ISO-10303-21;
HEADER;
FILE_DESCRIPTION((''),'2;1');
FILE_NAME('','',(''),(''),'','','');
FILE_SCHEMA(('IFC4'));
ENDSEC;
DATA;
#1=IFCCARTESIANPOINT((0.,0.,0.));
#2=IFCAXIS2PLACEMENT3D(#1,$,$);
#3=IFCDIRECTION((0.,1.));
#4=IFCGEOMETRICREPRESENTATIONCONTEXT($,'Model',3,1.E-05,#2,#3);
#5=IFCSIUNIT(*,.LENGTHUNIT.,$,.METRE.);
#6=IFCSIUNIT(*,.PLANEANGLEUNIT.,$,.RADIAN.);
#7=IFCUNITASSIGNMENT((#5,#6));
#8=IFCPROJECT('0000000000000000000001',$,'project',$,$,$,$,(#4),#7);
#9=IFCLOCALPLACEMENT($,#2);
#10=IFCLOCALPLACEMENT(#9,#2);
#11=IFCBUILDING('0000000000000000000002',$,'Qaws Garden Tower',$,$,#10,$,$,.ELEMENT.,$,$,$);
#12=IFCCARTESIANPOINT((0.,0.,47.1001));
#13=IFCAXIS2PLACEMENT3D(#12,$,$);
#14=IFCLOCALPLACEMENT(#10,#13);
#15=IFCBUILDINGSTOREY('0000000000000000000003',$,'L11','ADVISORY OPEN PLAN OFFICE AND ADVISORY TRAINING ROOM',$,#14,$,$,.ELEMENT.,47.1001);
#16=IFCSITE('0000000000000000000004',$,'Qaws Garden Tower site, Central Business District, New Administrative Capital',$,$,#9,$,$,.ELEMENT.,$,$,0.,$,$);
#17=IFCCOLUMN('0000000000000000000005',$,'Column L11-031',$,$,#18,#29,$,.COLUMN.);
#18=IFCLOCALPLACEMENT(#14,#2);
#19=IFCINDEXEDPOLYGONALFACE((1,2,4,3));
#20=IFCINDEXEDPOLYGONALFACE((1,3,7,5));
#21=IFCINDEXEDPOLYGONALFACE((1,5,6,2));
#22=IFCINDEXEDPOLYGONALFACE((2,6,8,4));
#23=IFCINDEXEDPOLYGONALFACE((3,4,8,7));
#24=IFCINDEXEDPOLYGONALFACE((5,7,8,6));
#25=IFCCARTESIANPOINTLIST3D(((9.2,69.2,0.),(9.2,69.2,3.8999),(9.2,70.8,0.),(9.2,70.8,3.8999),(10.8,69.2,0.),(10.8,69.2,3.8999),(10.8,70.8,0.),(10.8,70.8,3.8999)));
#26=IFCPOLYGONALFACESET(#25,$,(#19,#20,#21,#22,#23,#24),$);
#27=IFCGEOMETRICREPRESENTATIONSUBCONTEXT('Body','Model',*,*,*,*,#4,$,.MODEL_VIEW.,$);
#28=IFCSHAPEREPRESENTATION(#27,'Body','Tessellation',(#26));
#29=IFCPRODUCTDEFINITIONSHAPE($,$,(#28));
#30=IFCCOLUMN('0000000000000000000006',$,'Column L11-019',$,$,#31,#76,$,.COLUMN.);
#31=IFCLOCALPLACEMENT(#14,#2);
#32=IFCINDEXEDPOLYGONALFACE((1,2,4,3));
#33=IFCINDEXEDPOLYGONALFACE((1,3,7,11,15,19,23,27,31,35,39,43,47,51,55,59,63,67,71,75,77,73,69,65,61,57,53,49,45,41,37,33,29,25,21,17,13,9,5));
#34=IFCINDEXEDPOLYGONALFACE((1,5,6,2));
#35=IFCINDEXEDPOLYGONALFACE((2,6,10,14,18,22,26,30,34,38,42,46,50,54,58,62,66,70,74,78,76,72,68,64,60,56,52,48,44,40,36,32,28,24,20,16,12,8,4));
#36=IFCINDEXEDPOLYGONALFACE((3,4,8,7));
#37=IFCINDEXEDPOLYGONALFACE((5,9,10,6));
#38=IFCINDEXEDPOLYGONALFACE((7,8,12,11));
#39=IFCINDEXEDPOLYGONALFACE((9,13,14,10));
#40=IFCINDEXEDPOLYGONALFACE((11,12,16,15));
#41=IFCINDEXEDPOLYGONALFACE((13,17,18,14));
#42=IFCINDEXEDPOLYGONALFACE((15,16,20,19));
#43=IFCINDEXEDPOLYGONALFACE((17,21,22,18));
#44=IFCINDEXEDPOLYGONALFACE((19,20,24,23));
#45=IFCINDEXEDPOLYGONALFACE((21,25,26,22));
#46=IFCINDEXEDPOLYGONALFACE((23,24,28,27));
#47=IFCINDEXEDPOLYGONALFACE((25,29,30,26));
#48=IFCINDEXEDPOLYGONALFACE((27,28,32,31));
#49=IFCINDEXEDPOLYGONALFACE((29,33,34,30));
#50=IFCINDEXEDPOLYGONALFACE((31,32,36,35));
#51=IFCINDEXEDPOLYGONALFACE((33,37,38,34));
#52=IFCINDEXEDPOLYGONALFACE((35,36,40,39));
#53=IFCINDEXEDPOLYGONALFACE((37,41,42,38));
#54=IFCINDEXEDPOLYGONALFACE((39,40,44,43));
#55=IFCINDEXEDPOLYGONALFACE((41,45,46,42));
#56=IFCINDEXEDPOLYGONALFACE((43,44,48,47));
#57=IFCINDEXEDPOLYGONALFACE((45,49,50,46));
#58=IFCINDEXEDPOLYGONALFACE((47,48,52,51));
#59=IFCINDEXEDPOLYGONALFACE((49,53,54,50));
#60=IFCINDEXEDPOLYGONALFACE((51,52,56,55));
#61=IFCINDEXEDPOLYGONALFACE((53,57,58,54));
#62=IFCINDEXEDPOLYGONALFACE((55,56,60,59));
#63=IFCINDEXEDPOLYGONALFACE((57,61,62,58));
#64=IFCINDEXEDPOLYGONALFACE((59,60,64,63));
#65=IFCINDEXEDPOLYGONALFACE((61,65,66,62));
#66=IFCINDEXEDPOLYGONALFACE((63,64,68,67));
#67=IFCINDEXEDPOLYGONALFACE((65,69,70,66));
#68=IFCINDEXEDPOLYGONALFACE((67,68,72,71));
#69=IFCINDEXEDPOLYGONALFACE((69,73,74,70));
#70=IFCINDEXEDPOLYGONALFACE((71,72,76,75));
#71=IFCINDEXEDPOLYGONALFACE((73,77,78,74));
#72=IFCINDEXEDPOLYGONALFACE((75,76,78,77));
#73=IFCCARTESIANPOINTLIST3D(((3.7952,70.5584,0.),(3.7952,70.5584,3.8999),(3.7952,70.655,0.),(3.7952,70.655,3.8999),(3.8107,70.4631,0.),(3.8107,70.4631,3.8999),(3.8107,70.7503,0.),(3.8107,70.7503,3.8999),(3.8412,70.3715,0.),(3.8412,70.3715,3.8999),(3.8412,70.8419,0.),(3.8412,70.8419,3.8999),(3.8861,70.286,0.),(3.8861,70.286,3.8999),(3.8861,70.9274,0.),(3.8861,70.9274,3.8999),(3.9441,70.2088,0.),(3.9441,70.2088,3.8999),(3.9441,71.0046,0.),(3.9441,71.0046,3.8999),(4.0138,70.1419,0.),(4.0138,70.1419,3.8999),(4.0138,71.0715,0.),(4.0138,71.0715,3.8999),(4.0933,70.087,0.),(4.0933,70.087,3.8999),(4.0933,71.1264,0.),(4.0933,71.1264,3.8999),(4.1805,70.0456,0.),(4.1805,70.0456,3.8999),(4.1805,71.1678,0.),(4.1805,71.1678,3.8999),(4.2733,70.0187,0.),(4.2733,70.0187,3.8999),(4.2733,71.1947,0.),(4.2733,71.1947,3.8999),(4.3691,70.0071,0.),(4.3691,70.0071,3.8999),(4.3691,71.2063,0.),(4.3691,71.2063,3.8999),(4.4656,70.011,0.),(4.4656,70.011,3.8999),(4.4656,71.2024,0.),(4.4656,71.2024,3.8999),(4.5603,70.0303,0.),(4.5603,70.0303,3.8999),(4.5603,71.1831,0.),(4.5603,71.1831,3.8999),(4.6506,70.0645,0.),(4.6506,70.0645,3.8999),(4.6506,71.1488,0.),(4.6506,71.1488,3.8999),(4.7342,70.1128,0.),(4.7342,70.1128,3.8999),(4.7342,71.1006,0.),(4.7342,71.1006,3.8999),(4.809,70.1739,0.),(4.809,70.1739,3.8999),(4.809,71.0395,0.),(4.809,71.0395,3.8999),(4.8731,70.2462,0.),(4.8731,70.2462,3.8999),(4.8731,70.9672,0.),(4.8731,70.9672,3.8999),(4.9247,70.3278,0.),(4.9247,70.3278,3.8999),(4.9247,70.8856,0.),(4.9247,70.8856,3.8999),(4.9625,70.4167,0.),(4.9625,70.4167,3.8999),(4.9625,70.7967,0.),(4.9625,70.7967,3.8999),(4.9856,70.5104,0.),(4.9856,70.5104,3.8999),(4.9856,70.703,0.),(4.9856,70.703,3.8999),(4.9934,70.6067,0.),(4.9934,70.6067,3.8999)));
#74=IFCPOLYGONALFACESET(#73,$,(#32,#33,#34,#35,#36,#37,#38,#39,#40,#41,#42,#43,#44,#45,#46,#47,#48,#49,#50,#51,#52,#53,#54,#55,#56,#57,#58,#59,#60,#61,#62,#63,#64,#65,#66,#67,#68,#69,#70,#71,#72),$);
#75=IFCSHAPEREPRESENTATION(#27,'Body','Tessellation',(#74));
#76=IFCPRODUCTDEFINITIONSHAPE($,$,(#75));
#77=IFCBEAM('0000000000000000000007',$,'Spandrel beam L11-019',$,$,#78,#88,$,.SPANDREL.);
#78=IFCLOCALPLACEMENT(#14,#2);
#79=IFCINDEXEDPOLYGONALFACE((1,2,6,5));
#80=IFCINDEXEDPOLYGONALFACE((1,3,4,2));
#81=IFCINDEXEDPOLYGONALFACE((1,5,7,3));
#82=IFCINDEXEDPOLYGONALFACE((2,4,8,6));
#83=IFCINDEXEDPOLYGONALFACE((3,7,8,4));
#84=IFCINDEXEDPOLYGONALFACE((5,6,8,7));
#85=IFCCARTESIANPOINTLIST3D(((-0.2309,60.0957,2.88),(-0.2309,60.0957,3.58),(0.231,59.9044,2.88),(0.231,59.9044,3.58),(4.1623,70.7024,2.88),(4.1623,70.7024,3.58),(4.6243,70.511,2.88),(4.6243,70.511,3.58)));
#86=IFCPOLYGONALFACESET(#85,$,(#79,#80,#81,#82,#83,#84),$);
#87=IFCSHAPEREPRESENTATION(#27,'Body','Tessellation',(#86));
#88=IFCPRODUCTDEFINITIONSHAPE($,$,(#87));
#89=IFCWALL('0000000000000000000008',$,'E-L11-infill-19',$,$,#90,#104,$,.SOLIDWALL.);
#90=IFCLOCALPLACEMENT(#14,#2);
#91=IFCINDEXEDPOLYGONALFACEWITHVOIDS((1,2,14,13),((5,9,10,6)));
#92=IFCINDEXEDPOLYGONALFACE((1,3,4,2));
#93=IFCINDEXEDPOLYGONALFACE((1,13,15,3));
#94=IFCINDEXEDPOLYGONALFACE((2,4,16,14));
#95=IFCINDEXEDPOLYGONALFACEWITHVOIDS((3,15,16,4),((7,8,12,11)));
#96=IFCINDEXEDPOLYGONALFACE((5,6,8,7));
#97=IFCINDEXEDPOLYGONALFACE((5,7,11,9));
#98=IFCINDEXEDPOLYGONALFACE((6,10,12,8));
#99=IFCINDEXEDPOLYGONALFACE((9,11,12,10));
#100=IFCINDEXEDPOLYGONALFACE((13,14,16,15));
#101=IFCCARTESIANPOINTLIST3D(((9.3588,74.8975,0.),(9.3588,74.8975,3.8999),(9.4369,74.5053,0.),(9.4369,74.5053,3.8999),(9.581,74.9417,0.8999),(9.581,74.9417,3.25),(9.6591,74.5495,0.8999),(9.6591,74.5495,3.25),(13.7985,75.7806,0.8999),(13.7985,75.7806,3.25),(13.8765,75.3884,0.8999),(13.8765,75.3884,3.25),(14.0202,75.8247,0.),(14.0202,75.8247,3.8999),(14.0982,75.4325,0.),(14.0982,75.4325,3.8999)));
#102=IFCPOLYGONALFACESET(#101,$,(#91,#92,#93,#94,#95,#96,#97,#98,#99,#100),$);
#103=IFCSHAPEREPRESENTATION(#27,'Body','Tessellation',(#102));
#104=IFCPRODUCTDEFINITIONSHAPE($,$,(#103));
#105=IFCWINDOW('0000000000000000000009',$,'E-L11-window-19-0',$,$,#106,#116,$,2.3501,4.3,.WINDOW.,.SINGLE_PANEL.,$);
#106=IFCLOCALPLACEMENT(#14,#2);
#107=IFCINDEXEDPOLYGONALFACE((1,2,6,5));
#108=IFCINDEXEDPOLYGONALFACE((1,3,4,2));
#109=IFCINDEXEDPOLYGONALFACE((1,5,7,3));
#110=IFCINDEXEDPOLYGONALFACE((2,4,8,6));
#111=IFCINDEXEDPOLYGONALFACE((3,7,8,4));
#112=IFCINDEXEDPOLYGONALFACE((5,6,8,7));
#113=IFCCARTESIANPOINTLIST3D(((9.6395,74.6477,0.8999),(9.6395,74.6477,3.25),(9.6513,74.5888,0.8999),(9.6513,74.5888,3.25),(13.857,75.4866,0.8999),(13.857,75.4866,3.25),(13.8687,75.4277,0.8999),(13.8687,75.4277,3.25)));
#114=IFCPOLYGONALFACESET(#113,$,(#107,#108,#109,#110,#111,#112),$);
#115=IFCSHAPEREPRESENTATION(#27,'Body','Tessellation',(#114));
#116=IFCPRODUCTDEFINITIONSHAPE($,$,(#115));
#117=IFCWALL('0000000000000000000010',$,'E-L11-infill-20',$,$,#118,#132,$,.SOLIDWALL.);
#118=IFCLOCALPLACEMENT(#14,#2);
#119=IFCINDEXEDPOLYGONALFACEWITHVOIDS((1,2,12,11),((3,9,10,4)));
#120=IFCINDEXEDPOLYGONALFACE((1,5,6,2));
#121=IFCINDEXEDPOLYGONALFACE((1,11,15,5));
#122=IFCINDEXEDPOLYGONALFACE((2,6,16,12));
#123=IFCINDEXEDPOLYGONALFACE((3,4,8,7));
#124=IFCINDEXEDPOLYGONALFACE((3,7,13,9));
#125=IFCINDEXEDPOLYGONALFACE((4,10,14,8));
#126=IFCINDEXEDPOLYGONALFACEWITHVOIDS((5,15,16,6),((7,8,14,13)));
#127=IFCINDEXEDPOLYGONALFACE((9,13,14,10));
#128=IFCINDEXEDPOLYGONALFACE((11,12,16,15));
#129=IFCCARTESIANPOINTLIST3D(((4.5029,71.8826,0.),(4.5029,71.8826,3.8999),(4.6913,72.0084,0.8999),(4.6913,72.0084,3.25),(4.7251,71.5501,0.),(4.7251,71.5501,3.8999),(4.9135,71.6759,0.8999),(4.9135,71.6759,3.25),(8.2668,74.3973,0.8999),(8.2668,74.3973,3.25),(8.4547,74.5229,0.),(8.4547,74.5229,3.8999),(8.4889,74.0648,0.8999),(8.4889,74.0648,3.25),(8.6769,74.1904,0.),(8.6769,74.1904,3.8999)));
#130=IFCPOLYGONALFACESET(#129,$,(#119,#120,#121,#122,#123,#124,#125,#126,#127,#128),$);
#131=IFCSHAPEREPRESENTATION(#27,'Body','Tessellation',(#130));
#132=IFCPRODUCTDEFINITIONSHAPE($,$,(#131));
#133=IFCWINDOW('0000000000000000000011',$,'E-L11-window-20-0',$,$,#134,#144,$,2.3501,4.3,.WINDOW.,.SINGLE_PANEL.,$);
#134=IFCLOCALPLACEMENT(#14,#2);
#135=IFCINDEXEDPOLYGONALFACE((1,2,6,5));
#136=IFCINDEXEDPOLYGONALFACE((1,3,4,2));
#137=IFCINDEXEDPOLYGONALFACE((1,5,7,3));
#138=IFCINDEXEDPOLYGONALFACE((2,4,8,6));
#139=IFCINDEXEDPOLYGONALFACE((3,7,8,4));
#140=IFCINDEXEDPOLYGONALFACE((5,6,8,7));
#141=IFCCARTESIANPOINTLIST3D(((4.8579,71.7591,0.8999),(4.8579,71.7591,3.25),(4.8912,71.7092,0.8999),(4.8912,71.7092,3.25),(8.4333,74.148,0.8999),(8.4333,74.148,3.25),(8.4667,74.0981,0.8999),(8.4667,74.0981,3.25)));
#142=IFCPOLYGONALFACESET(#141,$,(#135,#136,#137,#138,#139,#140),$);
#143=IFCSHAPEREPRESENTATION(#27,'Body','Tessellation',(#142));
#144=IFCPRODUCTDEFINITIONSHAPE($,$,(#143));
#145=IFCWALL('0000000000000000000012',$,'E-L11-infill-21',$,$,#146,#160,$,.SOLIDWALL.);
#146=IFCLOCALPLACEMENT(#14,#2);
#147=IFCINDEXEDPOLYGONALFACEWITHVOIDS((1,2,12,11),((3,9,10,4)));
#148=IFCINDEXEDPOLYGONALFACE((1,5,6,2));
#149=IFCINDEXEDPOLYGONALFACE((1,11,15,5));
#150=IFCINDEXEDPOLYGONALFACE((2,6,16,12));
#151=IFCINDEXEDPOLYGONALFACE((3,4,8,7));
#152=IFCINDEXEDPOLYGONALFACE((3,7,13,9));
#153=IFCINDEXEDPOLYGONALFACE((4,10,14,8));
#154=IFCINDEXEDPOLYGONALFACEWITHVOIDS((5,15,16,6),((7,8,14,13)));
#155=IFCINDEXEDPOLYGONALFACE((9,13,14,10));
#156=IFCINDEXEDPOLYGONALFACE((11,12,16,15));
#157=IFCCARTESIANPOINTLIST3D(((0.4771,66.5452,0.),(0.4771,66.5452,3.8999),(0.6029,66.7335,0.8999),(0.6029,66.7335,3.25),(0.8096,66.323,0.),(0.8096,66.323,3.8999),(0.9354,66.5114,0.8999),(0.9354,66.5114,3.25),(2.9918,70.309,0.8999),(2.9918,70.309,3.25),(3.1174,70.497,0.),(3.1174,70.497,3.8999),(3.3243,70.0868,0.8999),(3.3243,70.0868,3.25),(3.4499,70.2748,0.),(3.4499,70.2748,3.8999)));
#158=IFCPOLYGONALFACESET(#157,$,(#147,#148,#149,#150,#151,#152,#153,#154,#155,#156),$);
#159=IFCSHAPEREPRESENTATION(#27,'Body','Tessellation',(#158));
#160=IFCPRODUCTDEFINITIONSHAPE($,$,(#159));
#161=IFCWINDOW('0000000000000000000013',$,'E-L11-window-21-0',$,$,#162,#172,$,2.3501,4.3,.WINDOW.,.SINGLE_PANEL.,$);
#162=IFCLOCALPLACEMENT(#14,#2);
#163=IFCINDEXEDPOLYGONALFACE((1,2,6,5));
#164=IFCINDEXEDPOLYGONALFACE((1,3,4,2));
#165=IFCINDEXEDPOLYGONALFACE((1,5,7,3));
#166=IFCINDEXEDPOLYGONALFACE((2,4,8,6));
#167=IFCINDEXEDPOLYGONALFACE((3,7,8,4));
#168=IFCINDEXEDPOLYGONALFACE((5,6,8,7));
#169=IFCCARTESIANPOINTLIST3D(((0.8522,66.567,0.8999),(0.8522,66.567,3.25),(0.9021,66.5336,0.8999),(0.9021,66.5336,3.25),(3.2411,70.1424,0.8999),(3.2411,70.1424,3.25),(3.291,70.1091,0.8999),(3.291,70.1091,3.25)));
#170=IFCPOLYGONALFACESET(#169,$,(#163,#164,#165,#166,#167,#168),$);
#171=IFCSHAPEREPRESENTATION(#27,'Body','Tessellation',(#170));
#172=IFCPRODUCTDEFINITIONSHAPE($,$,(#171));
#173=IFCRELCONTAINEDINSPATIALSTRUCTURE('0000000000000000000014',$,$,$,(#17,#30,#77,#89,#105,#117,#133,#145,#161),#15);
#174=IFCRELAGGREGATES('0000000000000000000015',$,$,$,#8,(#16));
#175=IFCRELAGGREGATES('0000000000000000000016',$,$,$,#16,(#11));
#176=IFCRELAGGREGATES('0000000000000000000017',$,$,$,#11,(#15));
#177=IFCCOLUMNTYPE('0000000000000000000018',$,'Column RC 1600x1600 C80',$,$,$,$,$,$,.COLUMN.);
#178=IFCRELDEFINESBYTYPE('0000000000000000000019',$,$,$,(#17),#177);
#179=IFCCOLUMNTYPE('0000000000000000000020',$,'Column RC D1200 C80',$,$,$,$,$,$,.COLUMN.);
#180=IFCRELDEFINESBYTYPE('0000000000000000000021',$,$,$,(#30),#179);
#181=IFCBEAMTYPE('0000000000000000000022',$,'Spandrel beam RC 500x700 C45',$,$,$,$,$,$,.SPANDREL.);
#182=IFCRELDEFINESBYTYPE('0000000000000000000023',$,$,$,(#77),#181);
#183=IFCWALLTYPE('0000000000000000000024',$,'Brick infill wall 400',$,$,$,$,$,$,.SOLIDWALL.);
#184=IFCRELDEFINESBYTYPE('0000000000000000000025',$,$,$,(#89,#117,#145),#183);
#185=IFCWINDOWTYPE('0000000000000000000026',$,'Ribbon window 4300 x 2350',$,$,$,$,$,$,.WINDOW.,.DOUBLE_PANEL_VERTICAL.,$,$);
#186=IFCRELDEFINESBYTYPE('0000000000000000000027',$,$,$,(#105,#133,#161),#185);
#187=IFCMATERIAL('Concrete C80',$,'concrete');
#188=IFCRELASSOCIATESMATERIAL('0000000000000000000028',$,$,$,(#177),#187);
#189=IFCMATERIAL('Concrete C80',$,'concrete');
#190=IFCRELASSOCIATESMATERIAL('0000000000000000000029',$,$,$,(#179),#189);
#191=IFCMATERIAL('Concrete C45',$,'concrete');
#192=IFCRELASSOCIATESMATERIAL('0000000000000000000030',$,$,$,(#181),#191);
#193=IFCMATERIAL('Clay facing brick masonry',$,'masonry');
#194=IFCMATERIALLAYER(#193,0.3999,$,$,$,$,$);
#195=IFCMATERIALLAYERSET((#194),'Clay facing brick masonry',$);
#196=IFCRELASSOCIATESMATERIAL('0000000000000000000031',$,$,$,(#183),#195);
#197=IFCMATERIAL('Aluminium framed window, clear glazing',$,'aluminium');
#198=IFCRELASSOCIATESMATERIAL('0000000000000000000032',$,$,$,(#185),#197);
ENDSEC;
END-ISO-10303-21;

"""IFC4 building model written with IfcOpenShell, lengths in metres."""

from ifc_helpers import new_model, si_unit, direction, frame, frame_2d, origin, origin_2d, place, context, subcontext, project, spatial, rectangle, circle, extrude, material, layer, layer_set, material_profile, profile_set, type_object, element, fill, save


model = new_model("IFC4")

# Units and contexts
model_context = context("Model", 3, precision=1e-05, world=origin(), true_north=direction((0.0, 1.0)))
body_context = subcontext(model_context, "Body", "Model", "MODEL_VIEW")
ifc_project = project(units=[si_unit("LENGTHUNIT", "METRE"), si_unit("PLANEANGLEUNIT", "RADIAN")], contexts=[model_context])

# Site, building, storey
site_placement = place(None, origin())
site = spatial("IfcSite", under=ifc_project, at=site_placement, Name="Qaws Garden Tower site, Central Business District, New Administrative Capital", CompositionType="ELEMENT", RefElevation=0.0)
building_placement = place(site_placement, origin())
building = spatial("IfcBuilding", under=site, at=building_placement, Name="Qaws Garden Tower", CompositionType="ELEMENT")
storey_placement = place(building_placement, frame((0.0, 0.0, 47.1001)))
storey = spatial("IfcBuildingStorey", under=building, at=storey_placement, Name="L11", Description="ADVISORY OPEN PLAN OFFICE AND ADVISORY TRAINING ROOM", CompositionType="ELEMENT", Elevation=47.1001)

# Columns
ifc_material_1 = material(Name="Concrete C80", Category="concrete")
ifc_material_profile_1 = material_profile(ifc_material_1, rectangle(XDim=1.6001, YDim=1.6001, at=origin_2d()), Name="RC 1600x1600")
ifc_profile_set_1 = profile_set([ifc_material_profile_1], Name="Concrete C80")
column_type_1 = type_object("IfcColumnType", Name="Column RC 1600x1600 C80", PredefinedType="COLUMN", material=ifc_profile_set_1)
column_1_placement = place(storey_placement, frame((10.0, 70.0, 0.0), z_axis=(0.0, 0.0, 1.0), x_axis=(1.0, 0.0, 0.0)))
element("IfcColumn", 1, at=column_1_placement, inside=storey, type_object=column_type_1, Name="Column L11-031", PredefinedType="COLUMN", context=body_context, shape_type="SweptSolid", body=[
    extrude(rectangle(XDim=1.6001, YDim=1.6001, at=origin_2d()), origin(), (0.0, 0.0, 1.0), 3.8999),
])
ifc_material_2 = material(Name="Concrete C80", Category="concrete")
ifc_material_profile_2 = material_profile(ifc_material_2, circle(Radius=0.6001, at=origin_2d()), Name="RC D1200")
ifc_profile_set_2 = profile_set([ifc_material_profile_2], Name="Concrete C80")
column_type_2 = type_object("IfcColumnType", Name="Column RC D1200 C80", PredefinedType="COLUMN", material=ifc_profile_set_2)
column_2_placement = place(storey_placement, frame((4.3933, 70.6067, 0.0), z_axis=(0.0, 0.0, 1.0), x_axis=(1.0, 0.0, 0.0)))
element("IfcColumn", 2, at=column_2_placement, inside=storey, type_object=column_type_2, Name="Column L11-019", PredefinedType="COLUMN", context=body_context, shape_type="SweptSolid", body=[
    extrude(circle(Radius=0.6001, at=origin_2d()), origin(), (0.0, 0.0, 1.0), 3.8999),
])

# Beam
ifc_material_3 = material(Name="Concrete C45", Category="concrete")
ifc_material_profile_3 = material_profile(ifc_material_3, rectangle(XDim=0.5, YDim=0.7, at=origin_2d()), Name="RC 500x700")
ifc_profile_set_3 = profile_set([ifc_material_profile_3], Name="Concrete C45")
beam_type = type_object("IfcBeamType", Name="Spandrel beam RC 500x700 C45", PredefinedType="SPANDREL", material=ifc_profile_set_3)
beam_placement = place(storey_placement, frame((4.3933, 70.6067, 3.23), z_axis=(-0.382674, -0.923883, 0.0), x_axis=(0.923883, -0.382674, 0.0)))
element("IfcBeam", 3, at=beam_placement, inside=storey, type_object=beam_type, Name="Spandrel beam L11-019", PredefinedType="SPANDREL", context=body_context, shape_type="SweptSolid", body=[
    extrude(rectangle(XDim=0.5, YDim=0.7, at=origin_2d()), origin(), (0.0, 0.0, 1.0), 11.4805),
])

# Walls, openings, windows
ifc_material_4 = material(Name="Clay facing brick masonry", Category="masonry")
ifc_layer_1 = layer(ifc_material_4, 0.3999)
ifc_layer_set_1 = layer_set([ifc_layer_1], Name="Clay facing brick masonry")
wall_type_1 = type_object("IfcWallType", Name="Brick infill wall 400", PredefinedType="SOLIDWALL", material=ifc_layer_set_1)
wall_1_placement = place(storey_placement, frame((14.0593, 75.6287, 0.0), z_axis=(0.0, 0.0, 1.0), x_axis=(-0.980784, -0.195099, 0.0)))
wall_1 = element("IfcWall", 4, at=wall_1_placement, inside=storey, type_object=wall_type_1, Name="E-L11-infill-19", PredefinedType="SOLIDWALL", context=body_context, shape_type="SweptSolid", body=[
    extrude(rectangle(XDim=4.7527, YDim=0.3999, at=frame_2d((2.3765, 0.0))), origin(), (0.0, 0.0, 1.0), 3.8999),
])
opening_1_placement = place(wall_1_placement, frame((0.2263, 0.0, 0.8999)))
opening_1 = element("IfcOpeningElement", 5, at=opening_1_placement, cuts=wall_1, PredefinedType="OPENING", context=body_context, shape_type="SweptSolid", body=[
    extrude(rectangle(XDim=4.3, YDim=2.3501, at=frame_2d((2.1499, 1.175))), frame((0.0, 0.21, 0.0), z_axis=(0.0, -1.0, 0.0), x_axis=(1.0, 0.0, 0.0)), (0.0, 0.0, 1.0), 0.4199),
])
ifc_material_5 = material(Name="Aluminium framed window, clear glazing", Category="aluminium")
window_type = type_object("IfcWindowType", Name="Ribbon window 4300 x 2350", PartitioningType="DOUBLE_PANEL_VERTICAL", PredefinedType="WINDOW", material=ifc_material_5)
window_1_placement = place(opening_1_placement, origin())
window_1 = element("IfcWindow", 6, at=window_1_placement, inside=storey, type_object=window_type, Name="E-L11-window-19-0", OverallHeight=2.3501, OverallWidth=4.3, PartitioningType="SINGLE_PANEL", PredefinedType="WINDOW", context=body_context, shape_type="SweptSolid", body=[
    extrude(rectangle(XDim=4.3, YDim=2.3501, at=frame_2d((2.1499, 1.175))), frame((0.0, 0.1599, 0.0), z_axis=(0.0, -1.0, 0.0), x_axis=(1.0, 0.0, 0.0)), (0.0, 0.0, 1.0), 0.0601),
])
fill(opening_1, window_1)
wall_2_placement = place(storey_placement, frame((8.5659, 74.3567, 0.0), z_axis=(0.0, 0.0, 1.0), x_axis=(-0.831489, -0.555542, 0.0)))
wall_2 = element("IfcWall", 7, at=wall_2_placement, inside=storey, type_object=wall_type_1, Name="E-L11-infill-20", PredefinedType="SOLIDWALL", context=body_context, shape_type="SweptSolid", body=[
    extrude(rectangle(XDim=4.7527, YDim=0.3999, at=frame_2d((2.3765, 0.0))), origin(), (0.0, 0.0, 1.0), 3.8999),
])
opening_2_placement = place(wall_2_placement, frame((0.2263, 0.0, 0.8999)))
opening_2 = element("IfcOpeningElement", 8, at=opening_2_placement, cuts=wall_2, PredefinedType="OPENING", context=body_context, shape_type="SweptSolid", body=[
    extrude(rectangle(XDim=4.3, YDim=2.3501, at=frame_2d((2.1499, 1.175))), frame((0.0, 0.21, 0.0), z_axis=(0.0, -1.0, 0.0), x_axis=(1.0, 0.0, 0.0)), (0.0, 0.0, 1.0), 0.4199),
])
window_2_placement = place(opening_2_placement, origin())
window_2 = element("IfcWindow", 9, at=window_2_placement, inside=storey, type_object=window_type, Name="E-L11-window-20-0", OverallHeight=2.3501, OverallWidth=4.3, PartitioningType="SINGLE_PANEL", PredefinedType="WINDOW", context=body_context, shape_type="SweptSolid", body=[
    extrude(rectangle(XDim=4.3, YDim=2.3501, at=frame_2d((2.1499, 1.175))), frame((0.0, 0.1599, 0.0), z_axis=(0.0, -1.0, 0.0), x_axis=(1.0, 0.0, 0.0)), (0.0, 0.0, 1.0), 0.0601),
])
fill(opening_2, window_2)
wall_3_placement = place(storey_placement, frame((3.2837, 70.386, 0.0), z_axis=(0.0, 0.0, 1.0), x_axis=(-0.555542, -0.831489, 0.0)))
wall_3 = element("IfcWall", 10, at=wall_3_placement, inside=storey, type_object=wall_type_1, Name="E-L11-infill-21", PredefinedType="SOLIDWALL", context=body_context, shape_type="SweptSolid", body=[
    extrude(rectangle(XDim=4.7527, YDim=0.3999, at=frame_2d((2.3765, 0.0))), origin(), (0.0, 0.0, 1.0), 3.8999),
])
opening_3_placement = place(wall_3_placement, frame((0.2263, 0.0, 0.8999)))
opening_3 = element("IfcOpeningElement", 11, at=opening_3_placement, cuts=wall_3, PredefinedType="OPENING", context=body_context, shape_type="SweptSolid", body=[
    extrude(rectangle(XDim=4.3, YDim=2.3501, at=frame_2d((2.1499, 1.175))), frame((0.0, 0.21, 0.0), z_axis=(0.0, -1.0, 0.0), x_axis=(1.0, 0.0, 0.0)), (0.0, 0.0, 1.0), 0.4199),
])
window_3_placement = place(opening_3_placement, origin())
window_3 = element("IfcWindow", 12, at=window_3_placement, inside=storey, type_object=window_type, Name="E-L11-window-21-0", OverallHeight=2.3501, OverallWidth=4.3, PartitioningType="SINGLE_PANEL", PredefinedType="WINDOW", context=body_context, shape_type="SweptSolid", body=[
    extrude(rectangle(XDim=4.3, YDim=2.3501, at=frame_2d((2.1499, 1.175))), frame((0.0, 0.1599, 0.0), z_axis=(0.0, -1.0, 0.0), x_axis=(1.0, 0.0, 0.0)), (0.0, 0.0, 1.0), 0.0601),
])
fill(opening_3, window_3)

save(model, "model.ifc")
